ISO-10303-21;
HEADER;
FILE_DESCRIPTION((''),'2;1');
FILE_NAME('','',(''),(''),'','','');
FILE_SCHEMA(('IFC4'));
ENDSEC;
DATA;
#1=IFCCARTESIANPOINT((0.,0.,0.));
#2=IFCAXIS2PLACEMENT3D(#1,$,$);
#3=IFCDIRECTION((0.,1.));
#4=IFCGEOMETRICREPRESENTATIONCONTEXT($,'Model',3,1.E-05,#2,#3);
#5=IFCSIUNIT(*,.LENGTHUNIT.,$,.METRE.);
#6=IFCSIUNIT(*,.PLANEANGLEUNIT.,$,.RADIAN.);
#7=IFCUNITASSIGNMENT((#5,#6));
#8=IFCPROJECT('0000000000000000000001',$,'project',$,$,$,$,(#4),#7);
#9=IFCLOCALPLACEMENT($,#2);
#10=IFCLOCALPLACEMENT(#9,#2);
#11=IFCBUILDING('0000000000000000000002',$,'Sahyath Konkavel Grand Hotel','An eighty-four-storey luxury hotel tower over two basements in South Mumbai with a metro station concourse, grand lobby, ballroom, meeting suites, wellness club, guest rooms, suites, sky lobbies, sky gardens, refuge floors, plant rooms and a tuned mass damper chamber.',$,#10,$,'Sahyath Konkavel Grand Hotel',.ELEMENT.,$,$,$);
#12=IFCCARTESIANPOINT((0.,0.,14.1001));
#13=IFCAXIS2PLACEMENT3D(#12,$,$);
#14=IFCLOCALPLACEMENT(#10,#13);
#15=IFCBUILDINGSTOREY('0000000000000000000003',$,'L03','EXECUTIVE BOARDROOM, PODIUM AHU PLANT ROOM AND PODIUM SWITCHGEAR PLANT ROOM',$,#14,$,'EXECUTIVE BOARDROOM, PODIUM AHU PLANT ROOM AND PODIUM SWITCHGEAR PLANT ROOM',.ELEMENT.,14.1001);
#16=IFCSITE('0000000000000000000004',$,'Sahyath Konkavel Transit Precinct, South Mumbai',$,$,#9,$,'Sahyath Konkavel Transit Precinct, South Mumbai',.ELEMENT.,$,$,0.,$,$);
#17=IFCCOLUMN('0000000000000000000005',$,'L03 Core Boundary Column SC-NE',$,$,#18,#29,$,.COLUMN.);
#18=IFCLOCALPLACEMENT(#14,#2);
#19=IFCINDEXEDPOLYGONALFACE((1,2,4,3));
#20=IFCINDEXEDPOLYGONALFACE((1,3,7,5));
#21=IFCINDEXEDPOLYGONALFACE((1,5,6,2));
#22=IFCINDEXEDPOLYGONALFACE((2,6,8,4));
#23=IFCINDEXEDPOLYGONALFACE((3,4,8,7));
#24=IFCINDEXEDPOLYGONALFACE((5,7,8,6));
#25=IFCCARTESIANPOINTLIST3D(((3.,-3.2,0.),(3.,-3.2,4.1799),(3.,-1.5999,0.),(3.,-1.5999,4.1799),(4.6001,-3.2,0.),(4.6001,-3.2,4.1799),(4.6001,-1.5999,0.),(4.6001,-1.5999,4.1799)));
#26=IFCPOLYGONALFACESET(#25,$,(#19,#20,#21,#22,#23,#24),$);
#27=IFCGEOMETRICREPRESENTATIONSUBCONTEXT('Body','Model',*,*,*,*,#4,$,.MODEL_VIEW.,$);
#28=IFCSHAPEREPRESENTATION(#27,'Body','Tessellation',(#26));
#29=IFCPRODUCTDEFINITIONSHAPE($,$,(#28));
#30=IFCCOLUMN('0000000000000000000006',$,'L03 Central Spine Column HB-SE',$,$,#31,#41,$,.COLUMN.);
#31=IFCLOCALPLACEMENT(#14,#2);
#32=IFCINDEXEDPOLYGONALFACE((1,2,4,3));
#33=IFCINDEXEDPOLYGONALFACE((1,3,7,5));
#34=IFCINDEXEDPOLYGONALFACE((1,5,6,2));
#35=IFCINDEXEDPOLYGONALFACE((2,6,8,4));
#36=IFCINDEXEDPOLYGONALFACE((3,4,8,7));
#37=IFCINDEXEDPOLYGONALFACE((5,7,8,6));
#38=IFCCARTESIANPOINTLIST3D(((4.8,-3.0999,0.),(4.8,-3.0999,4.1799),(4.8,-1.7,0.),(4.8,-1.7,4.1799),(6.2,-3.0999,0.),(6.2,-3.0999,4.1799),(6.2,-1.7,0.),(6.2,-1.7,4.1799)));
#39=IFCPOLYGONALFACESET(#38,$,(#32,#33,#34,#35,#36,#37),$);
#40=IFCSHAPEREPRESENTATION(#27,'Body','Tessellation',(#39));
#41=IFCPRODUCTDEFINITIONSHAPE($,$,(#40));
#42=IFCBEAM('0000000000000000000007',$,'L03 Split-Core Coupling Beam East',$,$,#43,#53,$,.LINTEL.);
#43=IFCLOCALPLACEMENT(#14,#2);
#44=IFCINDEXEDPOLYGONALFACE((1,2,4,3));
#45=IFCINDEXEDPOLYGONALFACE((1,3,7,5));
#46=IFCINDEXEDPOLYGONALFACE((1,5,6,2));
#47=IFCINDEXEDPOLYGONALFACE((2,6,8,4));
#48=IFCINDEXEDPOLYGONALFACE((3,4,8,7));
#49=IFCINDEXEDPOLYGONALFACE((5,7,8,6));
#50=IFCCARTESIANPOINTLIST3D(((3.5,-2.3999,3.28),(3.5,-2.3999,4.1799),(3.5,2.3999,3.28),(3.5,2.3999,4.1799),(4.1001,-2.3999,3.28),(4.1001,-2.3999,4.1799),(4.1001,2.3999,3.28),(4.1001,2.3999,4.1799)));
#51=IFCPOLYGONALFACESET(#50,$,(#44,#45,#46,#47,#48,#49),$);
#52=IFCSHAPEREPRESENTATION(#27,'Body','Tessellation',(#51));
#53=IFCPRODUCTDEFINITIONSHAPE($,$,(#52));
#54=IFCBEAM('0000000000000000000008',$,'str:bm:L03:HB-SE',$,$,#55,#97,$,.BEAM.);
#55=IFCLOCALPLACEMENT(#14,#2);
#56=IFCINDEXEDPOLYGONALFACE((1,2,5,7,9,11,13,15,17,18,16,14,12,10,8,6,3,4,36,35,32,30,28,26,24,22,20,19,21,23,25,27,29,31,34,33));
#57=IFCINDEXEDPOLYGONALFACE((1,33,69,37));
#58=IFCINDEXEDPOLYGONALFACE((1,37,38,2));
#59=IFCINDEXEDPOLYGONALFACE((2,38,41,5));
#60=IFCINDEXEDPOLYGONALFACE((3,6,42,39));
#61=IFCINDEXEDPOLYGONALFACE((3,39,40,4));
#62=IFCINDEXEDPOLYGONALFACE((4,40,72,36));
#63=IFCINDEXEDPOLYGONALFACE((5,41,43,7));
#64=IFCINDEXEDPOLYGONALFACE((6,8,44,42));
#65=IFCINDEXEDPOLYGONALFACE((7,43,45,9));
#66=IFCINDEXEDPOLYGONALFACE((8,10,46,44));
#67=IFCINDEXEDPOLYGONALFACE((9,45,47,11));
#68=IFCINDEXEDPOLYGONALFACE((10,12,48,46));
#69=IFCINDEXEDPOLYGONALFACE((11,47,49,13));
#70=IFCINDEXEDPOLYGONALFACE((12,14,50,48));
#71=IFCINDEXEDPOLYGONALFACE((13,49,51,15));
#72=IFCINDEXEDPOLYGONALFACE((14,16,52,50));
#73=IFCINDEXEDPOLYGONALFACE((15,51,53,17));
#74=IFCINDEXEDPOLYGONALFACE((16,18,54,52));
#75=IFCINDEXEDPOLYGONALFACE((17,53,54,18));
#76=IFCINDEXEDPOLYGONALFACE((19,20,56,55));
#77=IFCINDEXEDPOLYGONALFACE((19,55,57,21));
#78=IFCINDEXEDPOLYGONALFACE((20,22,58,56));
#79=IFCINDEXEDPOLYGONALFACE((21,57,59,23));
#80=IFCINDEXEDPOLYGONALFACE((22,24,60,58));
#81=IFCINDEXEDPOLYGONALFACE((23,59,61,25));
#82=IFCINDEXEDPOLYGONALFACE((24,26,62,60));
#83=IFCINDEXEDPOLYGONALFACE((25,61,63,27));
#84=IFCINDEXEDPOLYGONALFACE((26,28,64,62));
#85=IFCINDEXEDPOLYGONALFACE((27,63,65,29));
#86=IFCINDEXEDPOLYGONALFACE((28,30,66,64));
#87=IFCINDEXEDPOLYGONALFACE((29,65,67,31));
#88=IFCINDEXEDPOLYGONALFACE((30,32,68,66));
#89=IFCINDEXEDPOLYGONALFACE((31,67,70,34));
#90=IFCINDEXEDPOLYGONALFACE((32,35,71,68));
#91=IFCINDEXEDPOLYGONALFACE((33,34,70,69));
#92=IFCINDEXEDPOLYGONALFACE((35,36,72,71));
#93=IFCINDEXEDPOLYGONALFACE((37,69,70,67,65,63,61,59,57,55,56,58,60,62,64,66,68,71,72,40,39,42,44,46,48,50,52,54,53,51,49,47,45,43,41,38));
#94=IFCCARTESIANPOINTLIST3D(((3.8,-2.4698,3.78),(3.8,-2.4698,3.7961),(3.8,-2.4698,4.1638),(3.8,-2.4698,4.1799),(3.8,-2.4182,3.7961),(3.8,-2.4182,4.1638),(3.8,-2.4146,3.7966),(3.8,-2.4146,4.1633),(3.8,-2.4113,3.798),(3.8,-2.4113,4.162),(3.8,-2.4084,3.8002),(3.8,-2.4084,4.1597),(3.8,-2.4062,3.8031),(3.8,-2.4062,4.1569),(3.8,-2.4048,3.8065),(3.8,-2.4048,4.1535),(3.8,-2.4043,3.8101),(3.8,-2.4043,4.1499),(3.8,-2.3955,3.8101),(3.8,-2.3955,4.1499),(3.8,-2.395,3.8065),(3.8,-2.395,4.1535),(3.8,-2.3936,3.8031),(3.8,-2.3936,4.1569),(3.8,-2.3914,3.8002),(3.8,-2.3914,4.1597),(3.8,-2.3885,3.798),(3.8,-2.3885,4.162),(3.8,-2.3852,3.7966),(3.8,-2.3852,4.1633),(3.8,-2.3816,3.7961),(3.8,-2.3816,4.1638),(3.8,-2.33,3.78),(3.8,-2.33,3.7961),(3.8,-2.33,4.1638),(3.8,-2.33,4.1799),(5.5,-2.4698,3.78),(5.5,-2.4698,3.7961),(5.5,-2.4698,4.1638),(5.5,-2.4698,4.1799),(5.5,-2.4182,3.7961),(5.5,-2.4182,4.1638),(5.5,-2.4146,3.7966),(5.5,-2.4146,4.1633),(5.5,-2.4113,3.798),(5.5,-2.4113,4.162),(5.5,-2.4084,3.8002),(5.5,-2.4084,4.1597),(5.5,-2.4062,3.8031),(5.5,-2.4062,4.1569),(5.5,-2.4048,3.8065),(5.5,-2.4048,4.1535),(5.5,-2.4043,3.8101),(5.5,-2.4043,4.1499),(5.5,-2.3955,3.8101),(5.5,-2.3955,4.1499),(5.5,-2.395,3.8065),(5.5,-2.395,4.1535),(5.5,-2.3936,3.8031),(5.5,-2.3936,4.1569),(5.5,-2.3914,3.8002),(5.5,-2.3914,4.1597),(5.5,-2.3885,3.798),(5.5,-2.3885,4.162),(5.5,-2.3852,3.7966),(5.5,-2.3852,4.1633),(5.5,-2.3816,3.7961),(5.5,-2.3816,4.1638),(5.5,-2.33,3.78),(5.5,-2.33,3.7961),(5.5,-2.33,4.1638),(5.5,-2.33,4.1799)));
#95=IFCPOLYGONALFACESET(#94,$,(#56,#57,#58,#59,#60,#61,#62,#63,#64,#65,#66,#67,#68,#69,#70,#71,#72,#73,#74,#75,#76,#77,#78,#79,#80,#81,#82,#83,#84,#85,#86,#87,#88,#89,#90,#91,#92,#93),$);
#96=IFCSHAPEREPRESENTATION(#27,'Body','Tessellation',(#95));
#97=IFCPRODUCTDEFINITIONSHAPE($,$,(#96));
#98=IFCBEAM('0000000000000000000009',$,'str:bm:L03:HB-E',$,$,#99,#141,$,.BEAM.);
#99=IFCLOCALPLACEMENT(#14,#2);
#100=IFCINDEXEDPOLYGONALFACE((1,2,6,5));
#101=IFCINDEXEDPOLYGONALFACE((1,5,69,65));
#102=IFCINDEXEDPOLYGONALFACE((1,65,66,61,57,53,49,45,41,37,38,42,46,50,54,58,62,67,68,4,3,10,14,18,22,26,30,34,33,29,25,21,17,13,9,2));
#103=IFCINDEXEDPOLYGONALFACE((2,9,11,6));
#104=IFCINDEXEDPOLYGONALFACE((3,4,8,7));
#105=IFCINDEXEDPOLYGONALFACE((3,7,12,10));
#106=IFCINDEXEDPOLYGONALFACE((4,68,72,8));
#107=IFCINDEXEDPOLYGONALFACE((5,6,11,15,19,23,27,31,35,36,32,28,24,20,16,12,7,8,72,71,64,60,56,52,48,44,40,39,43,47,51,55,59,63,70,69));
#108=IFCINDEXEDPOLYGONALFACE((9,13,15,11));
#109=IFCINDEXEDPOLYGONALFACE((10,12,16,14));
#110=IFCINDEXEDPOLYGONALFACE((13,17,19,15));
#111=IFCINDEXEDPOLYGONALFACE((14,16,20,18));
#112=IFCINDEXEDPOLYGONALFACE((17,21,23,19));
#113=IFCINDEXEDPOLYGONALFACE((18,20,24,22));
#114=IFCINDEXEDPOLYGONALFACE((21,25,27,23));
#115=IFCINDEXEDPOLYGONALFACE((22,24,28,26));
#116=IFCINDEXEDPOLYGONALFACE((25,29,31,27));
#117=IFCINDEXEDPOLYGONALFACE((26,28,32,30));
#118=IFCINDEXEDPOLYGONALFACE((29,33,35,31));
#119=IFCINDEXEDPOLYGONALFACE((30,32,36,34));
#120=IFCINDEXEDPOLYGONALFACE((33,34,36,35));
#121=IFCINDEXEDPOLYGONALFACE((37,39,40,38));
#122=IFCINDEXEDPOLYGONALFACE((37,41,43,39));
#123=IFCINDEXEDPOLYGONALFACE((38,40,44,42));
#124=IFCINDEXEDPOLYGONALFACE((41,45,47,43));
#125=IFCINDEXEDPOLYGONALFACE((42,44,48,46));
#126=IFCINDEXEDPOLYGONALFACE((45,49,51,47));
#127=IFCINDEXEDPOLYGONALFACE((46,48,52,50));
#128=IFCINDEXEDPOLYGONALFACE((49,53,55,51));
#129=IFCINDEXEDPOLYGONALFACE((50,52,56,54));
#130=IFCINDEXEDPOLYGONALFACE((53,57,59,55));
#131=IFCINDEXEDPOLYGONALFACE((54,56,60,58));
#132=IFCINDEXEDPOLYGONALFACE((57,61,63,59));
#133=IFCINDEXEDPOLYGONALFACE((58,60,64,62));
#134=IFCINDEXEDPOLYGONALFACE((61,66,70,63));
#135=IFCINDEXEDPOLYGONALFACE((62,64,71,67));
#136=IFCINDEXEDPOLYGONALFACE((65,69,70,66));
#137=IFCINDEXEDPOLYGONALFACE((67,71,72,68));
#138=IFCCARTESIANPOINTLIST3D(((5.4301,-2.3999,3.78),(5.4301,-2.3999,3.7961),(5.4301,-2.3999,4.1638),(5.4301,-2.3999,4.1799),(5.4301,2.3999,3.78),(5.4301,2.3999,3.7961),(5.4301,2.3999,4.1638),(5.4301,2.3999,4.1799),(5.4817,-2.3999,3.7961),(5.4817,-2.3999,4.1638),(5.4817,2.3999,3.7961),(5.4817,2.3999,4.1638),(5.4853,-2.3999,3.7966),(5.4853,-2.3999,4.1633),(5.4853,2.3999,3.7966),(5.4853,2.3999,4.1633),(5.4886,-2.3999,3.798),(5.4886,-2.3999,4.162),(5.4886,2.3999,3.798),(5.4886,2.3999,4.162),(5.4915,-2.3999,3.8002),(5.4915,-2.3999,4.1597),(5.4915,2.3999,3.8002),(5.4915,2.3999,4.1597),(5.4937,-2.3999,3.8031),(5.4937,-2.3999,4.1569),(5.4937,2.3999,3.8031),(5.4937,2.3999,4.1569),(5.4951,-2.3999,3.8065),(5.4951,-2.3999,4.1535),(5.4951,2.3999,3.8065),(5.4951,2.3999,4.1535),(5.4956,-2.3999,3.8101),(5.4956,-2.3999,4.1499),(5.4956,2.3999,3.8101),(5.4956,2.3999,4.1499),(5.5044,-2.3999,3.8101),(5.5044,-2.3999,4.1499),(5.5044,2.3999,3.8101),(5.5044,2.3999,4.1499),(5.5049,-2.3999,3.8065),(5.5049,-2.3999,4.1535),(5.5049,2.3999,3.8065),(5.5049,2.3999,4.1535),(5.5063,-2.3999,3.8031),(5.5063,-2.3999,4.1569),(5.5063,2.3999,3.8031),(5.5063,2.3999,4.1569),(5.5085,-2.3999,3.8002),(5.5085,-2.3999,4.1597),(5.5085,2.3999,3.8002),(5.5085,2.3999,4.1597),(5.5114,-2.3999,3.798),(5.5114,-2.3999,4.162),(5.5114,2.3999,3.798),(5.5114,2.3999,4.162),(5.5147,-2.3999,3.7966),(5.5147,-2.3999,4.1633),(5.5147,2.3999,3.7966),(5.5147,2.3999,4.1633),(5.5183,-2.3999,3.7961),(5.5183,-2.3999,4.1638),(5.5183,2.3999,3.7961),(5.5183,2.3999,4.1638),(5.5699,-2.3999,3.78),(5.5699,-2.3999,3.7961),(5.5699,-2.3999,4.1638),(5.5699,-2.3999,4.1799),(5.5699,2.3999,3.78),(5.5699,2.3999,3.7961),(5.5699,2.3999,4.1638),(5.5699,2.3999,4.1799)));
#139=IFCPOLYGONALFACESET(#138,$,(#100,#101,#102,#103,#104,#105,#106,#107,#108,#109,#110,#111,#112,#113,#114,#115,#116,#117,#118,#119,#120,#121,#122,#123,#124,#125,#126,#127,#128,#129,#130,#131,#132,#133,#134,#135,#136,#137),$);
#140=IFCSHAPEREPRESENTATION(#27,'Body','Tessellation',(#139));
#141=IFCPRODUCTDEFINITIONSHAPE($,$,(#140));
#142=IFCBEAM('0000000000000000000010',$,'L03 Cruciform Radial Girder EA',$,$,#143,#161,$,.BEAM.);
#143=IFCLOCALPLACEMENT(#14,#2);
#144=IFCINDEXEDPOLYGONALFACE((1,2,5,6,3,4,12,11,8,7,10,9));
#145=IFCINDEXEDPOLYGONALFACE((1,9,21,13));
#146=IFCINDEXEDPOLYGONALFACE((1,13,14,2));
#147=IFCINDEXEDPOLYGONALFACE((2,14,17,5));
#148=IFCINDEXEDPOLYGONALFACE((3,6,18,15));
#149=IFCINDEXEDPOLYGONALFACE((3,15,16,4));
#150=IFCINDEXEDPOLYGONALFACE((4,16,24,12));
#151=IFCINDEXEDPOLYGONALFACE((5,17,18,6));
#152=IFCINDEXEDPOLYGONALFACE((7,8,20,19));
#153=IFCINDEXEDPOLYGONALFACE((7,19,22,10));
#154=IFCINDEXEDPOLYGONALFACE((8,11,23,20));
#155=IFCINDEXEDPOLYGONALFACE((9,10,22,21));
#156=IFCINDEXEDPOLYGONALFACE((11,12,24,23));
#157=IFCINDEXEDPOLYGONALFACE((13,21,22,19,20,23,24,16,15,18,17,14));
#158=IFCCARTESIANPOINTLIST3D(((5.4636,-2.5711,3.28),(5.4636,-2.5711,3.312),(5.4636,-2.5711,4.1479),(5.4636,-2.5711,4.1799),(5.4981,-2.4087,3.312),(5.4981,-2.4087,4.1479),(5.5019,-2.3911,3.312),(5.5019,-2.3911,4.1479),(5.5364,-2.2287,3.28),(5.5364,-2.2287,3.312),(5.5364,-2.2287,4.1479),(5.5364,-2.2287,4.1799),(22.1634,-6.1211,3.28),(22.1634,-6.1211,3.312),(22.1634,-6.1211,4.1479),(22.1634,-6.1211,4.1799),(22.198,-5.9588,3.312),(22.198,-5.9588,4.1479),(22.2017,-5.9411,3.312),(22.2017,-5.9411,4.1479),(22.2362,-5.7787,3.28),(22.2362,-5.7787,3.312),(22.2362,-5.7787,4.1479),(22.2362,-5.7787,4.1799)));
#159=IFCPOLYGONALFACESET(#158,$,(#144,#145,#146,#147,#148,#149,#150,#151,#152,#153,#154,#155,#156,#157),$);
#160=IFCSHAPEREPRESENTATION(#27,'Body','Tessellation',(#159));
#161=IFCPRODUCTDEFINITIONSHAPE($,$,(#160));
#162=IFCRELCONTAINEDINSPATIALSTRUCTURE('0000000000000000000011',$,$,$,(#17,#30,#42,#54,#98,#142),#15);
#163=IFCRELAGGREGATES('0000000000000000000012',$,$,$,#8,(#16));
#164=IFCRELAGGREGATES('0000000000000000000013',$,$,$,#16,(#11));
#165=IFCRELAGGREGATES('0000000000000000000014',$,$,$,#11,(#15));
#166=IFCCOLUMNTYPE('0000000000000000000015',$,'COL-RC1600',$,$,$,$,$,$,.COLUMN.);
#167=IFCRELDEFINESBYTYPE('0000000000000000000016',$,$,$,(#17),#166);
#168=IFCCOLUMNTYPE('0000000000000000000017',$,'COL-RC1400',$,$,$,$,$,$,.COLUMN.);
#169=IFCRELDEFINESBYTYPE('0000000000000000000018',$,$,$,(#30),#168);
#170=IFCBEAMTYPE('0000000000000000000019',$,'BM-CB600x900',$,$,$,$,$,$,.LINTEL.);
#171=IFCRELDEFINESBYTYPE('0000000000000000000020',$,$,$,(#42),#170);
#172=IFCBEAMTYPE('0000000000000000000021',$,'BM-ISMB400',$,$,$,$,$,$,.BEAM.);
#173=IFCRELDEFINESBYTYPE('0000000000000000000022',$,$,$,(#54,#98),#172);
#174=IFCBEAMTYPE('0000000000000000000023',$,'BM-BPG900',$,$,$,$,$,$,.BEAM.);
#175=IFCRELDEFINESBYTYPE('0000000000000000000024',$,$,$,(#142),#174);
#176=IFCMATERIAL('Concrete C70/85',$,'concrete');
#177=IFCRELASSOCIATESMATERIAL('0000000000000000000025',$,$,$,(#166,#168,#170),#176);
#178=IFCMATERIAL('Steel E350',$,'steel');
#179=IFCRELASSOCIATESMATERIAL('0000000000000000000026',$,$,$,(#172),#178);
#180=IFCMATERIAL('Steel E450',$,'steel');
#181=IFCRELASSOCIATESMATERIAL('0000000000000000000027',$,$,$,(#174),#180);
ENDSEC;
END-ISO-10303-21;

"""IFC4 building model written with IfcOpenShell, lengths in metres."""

from ifc_helpers import new_model, si_unit, direction, frame, origin, origin_2d, place, context, subcontext, project, spatial, rectangle, i_section, extrude, source, transform, mapped, material, material_profile, profile_set, type_object, element, save


model = new_model("IFC4")

# Units and contexts
model_context = context("Model", 3, precision=1e-05, world=origin(), true_north=direction((0.0, 1.0)))
body_context = subcontext(model_context, "Body", "Model", "MODEL_VIEW")
ifc_project = project(units=[si_unit("LENGTHUNIT", "METRE"), si_unit("PLANEANGLEUNIT", "RADIAN")], contexts=[model_context])

# Site, building, storey
site_placement = place(None, origin())
site = spatial("IfcSite", under=ifc_project, at=site_placement, Name="Sahyath Konkavel Transit Precinct, South Mumbai", LongName="Sahyath Konkavel Transit Precinct, South Mumbai", CompositionType="ELEMENT", RefElevation=0.0)
building_placement = place(site_placement, origin())
building = spatial("IfcBuilding", under=site, at=building_placement, Name="Sahyath Konkavel Grand Hotel", Description="An eighty-four-storey luxury hotel tower over two basements in South Mumbai with a metro station concourse, grand lobby, ballroom, meeting suites, wellness club, guest rooms, suites, sky lobbies, sky gardens, refuge floors, plant rooms and a tuned mass damper chamber.", LongName="Sahyath Konkavel Grand Hotel", CompositionType="ELEMENT")
storey_placement = place(building_placement, frame((0.0, 0.0, 14.1001)))
storey = spatial("IfcBuildingStorey", under=building, at=storey_placement, Name="L03", Description="EXECUTIVE BOARDROOM, PODIUM AHU PLANT ROOM AND PODIUM SWITCHGEAR PLANT ROOM", LongName="EXECUTIVE BOARDROOM, PODIUM AHU PLANT ROOM AND PODIUM SWITCHGEAR PLANT ROOM", CompositionType="ELEMENT", Elevation=14.1001)

# Columns
ifc_material_1 = material(Name="Concrete C70/85", Category="concrete")
ifc_material_profile_1 = material_profile(ifc_material_1, rectangle(XDim=1.6001, YDim=1.6001, at=origin_2d()), Name="RC 1600x1600")
ifc_profile_set_1 = profile_set([ifc_material_profile_1], Name="Concrete C70/85")
column_type_1 = type_object("IfcColumnType", Name="COL-RC1600", PredefinedType="COLUMN", material=ifc_profile_set_1)
shared_shape_1 = source(origin(), body_context, "Body", "SweptSolid", [
    extrude(rectangle(XDim=1.6001, YDim=1.6001, at=origin_2d()), origin(), (0.0, 0.0, 1.0), 4.1799),
])
column_1_placement = place(storey_placement, frame((3.8, -2.3999, 0.0), z_axis=(0.0, 0.0, 1.0), x_axis=(1.0, 0.0, 0.0)))
element("IfcColumn", 1, at=column_1_placement, inside=storey, type_object=column_type_1, Name="L03 Core Boundary Column SC-NE", PredefinedType="COLUMN", context=body_context, shape_type="MappedRepresentation", body=[
    mapped(shared_shape_1, transform((0.0, 0.0, 0.0), scale=1.0)),
])
ifc_material_profile_2 = material_profile(ifc_material_1, rectangle(XDim=1.3999, YDim=1.3999, at=origin_2d()), Name="RC 1400x1400")
ifc_profile_set_2 = profile_set([ifc_material_profile_2], Name="Concrete C70/85")
column_type_2 = type_object("IfcColumnType", Name="COL-RC1400", PredefinedType="COLUMN", material=ifc_profile_set_2)
shared_shape_2 = source(origin(), body_context, "Body", "SweptSolid", [
    extrude(rectangle(XDim=1.3999, YDim=1.3999, at=origin_2d()), origin(), (0.0, 0.0, 1.0), 4.1799),
])
column_2_placement = place(storey_placement, frame((5.5, -2.3999, 0.0), z_axis=(0.0, 0.0, 1.0), x_axis=(1.0, 0.0, 0.0)))
element("IfcColumn", 2, at=column_2_placement, inside=storey, type_object=column_type_2, Name="L03 Central Spine Column HB-SE", PredefinedType="COLUMN", context=body_context, shape_type="MappedRepresentation", body=[
    mapped(shared_shape_2, transform((0.0, 0.0, 0.0), scale=1.0)),
])

# Beams
ifc_material_profile_3 = material_profile(ifc_material_1, rectangle(XDim=0.6001, YDim=0.8999, at=origin_2d()), Name="RC 600x900")
ifc_profile_set_3 = profile_set([ifc_material_profile_3], Name="Concrete C70/85")
beam_type_1 = type_object("IfcBeamType", Name="BM-CB600x900", PredefinedType="LINTEL", material=ifc_profile_set_3)
shared_shape_3 = source(origin(), body_context, "Body", "SweptSolid", [
    extrude(rectangle(XDim=0.6001, YDim=0.8999, at=origin_2d()), origin(), (0.0, 0.0, 1.0), 4.7998),
])
beam_1_placement = place(storey_placement, frame((3.8, -2.3999, 3.73), z_axis=(0.0, 1.0, 0.0), x_axis=(-1.0, 0.0, 0.0)))
element("IfcBeam", 3, at=beam_1_placement, inside=storey, type_object=beam_type_1, Name="L03 Split-Core Coupling Beam East", PredefinedType="LINTEL", context=body_context, shape_type="MappedRepresentation", body=[
    mapped(shared_shape_3, transform((0.0, 0.0, 0.0), scale=1.0)),
])
ifc_material_2 = material(Name="Steel E350", Category="steel")
ifc_material_profile_4 = material_profile(ifc_material_2, i_section(OverallWidth=0.1399, OverallDepth=0.3999, WebThickness=0.0088, FlangeThickness=0.0161, FilletRadius=0.0139, at=origin_2d()), Name="ISMB 400")
ifc_profile_set_4 = profile_set([ifc_material_profile_4], Name="Steel E350")
beam_type_2 = type_object("IfcBeamType", Name="BM-ISMB400", PredefinedType="BEAM", material=ifc_profile_set_4)
shared_shape_4 = source(origin(), body_context, "Body", "SweptSolid", [
    extrude(i_section(OverallWidth=0.1399, OverallDepth=0.3999, WebThickness=0.0088, FlangeThickness=0.0161, FilletRadius=0.0139, at=origin_2d()), origin(), (0.0, 0.0, 1.0), 1.7),
])
beam_2_placement = place(storey_placement, frame((3.8, -2.3999, 3.98), z_axis=(1.0, 0.0, 0.0), x_axis=(0.0, 1.0, 0.0)))
element("IfcBeam", 4, at=beam_2_placement, inside=storey, type_object=beam_type_2, Name="str:bm:L03:HB-SE", PredefinedType="BEAM", context=body_context, shape_type="MappedRepresentation", body=[
    mapped(shared_shape_4, transform((0.0, 0.0, 0.0), scale=1.0)),
])
shared_shape_5 = source(origin(), body_context, "Body", "SweptSolid", [
    extrude(i_section(OverallWidth=0.1399, OverallDepth=0.3999, WebThickness=0.0088, FlangeThickness=0.0161, FilletRadius=0.0139, at=origin_2d()), origin(), (0.0, 0.0, 1.0), 4.7998),
])
beam_3_placement = place(storey_placement, frame((5.5, -2.3999, 3.98), z_axis=(0.0, 1.0, 0.0), x_axis=(-1.0, 0.0, 0.0)))
element("IfcBeam", 5, at=beam_3_placement, inside=storey, type_object=beam_type_2, Name="str:bm:L03:HB-E", PredefinedType="BEAM", context=body_context, shape_type="MappedRepresentation", body=[
    mapped(shared_shape_5, transform((0.0, 0.0, 0.0), scale=1.0)),
])
ifc_material_3 = material(Name="Steel E450", Category="steel")
ifc_material_profile_5 = material_profile(ifc_material_3, i_section(OverallWidth=0.3501, OverallDepth=0.8999, WebThickness=0.0181, FlangeThickness=0.032, at=origin_2d()), Name="BPG 900x350")
ifc_profile_set_5 = profile_set([ifc_material_profile_5], Name="Steel E450")
beam_type_3 = type_object("IfcBeamType", Name="BM-BPG900", PredefinedType="BEAM", material=ifc_profile_set_5)
shared_shape_6 = source(origin(), body_context, "Body", "SweptSolid", [
    extrude(i_section(OverallWidth=0.3501, OverallDepth=0.8999, WebThickness=0.0181, FlangeThickness=0.032, at=origin_2d()), origin(), (0.0, 0.0, 1.0), 17.073),
])
beam_4_placement = place(storey_placement, frame((5.5, -2.3999, 3.73), z_axis=(0.978143, -0.207932, 0.0), x_axis=(0.207932, 0.978143, 0.0)))
element("IfcBeam", 6, at=beam_4_placement, inside=storey, type_object=beam_type_3, Name="L03 Cruciform Radial Girder EA", PredefinedType="BEAM", context=body_context, shape_type="MappedRepresentation", body=[
    mapped(shared_shape_6, transform((0.0, 0.0, 0.0), scale=1.0)),
])

save(model, "model.ifc")
